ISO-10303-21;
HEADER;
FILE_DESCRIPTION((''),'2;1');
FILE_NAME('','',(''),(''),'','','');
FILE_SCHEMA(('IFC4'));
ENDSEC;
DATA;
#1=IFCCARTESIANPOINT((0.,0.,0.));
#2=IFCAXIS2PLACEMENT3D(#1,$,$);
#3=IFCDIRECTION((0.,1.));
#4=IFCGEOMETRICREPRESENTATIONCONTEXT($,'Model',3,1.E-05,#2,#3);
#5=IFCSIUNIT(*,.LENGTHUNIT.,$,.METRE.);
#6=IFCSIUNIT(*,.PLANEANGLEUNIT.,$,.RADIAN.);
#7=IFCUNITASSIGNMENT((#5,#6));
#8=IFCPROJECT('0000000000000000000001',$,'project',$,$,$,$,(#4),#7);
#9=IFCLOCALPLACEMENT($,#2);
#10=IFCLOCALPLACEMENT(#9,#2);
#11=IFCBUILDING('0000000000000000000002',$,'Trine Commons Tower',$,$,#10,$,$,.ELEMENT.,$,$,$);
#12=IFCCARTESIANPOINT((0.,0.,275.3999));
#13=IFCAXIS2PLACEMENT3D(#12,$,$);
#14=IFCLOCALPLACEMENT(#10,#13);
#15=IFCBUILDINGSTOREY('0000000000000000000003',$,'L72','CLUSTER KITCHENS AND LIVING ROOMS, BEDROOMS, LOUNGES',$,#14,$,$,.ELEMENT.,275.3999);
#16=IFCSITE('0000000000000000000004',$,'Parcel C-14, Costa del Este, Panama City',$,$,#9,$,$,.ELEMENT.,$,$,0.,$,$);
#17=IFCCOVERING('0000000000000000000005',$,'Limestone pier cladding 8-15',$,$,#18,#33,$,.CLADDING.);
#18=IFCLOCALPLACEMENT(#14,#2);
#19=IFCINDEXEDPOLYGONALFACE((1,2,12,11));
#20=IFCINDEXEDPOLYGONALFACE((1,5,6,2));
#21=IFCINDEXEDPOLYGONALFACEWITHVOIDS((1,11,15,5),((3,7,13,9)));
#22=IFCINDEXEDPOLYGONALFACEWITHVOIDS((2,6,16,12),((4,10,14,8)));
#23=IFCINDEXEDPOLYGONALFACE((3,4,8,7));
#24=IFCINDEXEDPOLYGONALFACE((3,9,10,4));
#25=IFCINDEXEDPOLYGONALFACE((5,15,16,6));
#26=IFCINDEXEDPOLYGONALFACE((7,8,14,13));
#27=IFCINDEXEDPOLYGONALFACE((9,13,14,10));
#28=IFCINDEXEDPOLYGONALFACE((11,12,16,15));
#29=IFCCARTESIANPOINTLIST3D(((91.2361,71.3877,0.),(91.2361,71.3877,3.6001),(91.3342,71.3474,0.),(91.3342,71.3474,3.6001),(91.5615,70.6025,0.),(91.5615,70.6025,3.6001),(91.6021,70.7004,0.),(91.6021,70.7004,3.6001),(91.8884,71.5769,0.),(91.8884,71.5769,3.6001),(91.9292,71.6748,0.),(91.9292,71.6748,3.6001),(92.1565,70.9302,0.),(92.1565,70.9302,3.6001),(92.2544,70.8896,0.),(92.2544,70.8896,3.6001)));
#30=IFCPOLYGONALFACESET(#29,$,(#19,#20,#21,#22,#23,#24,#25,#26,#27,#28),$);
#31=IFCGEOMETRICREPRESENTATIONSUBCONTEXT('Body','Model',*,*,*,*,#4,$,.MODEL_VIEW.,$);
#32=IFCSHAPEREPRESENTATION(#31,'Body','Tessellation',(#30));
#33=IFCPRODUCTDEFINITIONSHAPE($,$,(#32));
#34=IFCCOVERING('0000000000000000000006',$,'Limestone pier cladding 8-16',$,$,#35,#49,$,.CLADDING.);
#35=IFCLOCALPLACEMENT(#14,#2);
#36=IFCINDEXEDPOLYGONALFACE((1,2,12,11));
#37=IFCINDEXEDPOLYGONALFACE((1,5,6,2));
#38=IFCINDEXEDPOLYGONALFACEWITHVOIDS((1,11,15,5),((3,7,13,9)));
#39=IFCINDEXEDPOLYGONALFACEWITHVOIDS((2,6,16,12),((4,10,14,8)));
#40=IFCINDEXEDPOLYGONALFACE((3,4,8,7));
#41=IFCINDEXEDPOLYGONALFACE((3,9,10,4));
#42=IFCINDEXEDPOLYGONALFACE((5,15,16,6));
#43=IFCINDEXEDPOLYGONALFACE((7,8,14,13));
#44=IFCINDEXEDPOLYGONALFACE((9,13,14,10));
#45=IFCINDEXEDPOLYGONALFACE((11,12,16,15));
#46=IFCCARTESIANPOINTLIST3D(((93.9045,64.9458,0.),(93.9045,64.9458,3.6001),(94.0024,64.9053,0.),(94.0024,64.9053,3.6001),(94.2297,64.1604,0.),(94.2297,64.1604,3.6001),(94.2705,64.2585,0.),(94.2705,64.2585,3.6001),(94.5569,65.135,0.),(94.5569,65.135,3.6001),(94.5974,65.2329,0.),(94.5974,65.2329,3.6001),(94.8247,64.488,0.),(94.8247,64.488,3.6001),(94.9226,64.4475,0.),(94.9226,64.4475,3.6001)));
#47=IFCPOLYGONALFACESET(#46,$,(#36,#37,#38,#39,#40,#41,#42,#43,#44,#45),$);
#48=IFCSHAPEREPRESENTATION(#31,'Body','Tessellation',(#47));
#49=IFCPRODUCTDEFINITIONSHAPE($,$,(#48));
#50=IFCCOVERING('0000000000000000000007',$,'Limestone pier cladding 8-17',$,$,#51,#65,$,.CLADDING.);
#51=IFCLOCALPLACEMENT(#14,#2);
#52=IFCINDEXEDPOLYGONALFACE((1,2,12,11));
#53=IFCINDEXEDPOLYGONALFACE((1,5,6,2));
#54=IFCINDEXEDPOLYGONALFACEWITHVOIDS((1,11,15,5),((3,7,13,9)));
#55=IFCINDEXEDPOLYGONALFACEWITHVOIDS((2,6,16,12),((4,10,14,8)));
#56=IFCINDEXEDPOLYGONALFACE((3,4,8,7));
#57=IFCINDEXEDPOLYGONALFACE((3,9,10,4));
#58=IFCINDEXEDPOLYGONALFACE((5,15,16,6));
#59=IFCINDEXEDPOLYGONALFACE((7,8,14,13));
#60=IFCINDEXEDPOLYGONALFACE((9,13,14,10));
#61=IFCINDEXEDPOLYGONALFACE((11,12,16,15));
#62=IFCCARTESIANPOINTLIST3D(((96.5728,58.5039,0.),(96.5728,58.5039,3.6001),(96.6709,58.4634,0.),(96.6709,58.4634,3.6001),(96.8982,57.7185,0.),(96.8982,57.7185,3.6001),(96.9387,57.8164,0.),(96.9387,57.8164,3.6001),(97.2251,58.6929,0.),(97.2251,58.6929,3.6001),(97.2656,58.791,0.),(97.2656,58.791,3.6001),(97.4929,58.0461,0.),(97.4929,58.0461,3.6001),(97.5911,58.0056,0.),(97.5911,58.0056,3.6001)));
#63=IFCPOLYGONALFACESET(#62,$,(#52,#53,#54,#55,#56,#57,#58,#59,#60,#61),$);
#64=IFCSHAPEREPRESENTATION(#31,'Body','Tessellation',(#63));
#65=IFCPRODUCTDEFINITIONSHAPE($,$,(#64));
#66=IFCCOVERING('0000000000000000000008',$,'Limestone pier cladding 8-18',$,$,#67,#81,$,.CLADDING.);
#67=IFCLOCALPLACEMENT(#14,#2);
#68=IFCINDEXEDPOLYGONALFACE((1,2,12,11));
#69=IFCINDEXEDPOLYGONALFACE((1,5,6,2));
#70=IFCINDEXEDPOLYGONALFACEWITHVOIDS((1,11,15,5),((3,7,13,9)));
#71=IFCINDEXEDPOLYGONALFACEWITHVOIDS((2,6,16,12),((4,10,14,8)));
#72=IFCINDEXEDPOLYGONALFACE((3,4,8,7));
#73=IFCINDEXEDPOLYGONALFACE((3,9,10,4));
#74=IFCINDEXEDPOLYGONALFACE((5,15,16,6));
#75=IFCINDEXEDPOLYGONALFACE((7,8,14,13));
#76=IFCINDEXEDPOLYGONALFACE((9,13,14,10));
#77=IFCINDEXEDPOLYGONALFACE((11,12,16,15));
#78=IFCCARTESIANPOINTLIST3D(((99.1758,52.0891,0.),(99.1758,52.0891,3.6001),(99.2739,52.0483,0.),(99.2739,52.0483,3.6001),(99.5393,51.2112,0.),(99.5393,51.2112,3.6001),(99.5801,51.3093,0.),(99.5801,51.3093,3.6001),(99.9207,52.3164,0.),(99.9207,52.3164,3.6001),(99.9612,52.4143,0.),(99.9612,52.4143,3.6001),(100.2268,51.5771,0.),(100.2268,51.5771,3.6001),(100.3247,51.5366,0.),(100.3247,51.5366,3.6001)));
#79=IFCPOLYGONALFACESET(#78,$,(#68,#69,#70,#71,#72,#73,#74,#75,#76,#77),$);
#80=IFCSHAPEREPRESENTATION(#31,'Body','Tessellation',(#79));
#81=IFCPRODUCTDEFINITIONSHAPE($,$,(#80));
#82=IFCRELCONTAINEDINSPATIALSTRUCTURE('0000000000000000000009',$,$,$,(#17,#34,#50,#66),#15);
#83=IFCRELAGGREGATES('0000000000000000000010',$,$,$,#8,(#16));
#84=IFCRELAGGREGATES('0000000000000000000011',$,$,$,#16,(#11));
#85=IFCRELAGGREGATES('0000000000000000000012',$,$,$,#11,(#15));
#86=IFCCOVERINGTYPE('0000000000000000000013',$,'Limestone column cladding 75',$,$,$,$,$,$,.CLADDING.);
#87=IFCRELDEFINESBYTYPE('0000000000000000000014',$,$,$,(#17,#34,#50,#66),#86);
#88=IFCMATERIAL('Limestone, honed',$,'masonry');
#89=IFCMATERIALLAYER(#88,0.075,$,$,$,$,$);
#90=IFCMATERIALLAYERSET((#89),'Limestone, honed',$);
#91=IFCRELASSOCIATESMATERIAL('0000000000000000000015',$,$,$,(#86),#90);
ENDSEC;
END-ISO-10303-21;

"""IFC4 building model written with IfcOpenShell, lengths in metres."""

from ifc_helpers import new_model, si_unit, direction, frame, origin, place, context, subcontext, project, spatial, polyline, outline, extrude, material, layer, layer_set, type_object, element, save


model = new_model("IFC4")

# Units and contexts
model_context = context("Model", 3, precision=1e-05, world=origin(), true_north=direction((0.0, 1.0)))
body_context = subcontext(model_context, "Body", "Model", "MODEL_VIEW")
ifc_project = project(units=[si_unit("LENGTHUNIT", "METRE"), si_unit("PLANEANGLEUNIT", "RADIAN")], contexts=[model_context])

# Site, building, storey
site_placement = place(None, origin())
site = spatial("IfcSite", under=ifc_project, at=site_placement, Name="Parcel C-14, Costa del Este, Panama City", CompositionType="ELEMENT", RefElevation=0.0)
building_placement = place(site_placement, origin())
building = spatial("IfcBuilding", under=site, at=building_placement, Name="Trine Commons Tower", CompositionType="ELEMENT")
storey_placement = place(building_placement, frame((0.0, 0.0, 275.3999)))
storey = spatial("IfcBuildingStorey", under=building, at=storey_placement, Name="L72", Description="CLUSTER KITCHENS AND LIVING ROOMS, BEDROOMS, LOUNGES", CompositionType="ELEMENT", Elevation=275.3999)

# Coverings
ifc_material_1 = material(Name="Limestone, honed", Category="masonry")
ifc_layer_1 = layer(ifc_material_1, 0.075)
ifc_layer_set_1 = layer_set([ifc_layer_1], Name="Limestone, honed")
covering_type_1 = type_object("IfcCoveringType", Name="Limestone column cladding 75", PredefinedType="CLADDING", material=ifc_layer_set_1)
covering_1_placement = place(storey_placement, origin())
element("IfcCovering", 1, at=covering_1_placement, inside=storey, type_object=covering_type_1, Name="Limestone pier cladding 8-15", PredefinedType="CLADDING", context=body_context, shape_type="SweptSolid", body=[
    extrude(outline(polyline([(91.9292, 71.6748), (91.2361, 71.3877), (91.5615, 70.6025), (92.2544, 70.8896), (91.9292, 71.6748)]), holes=[polyline([(91.8884, 71.5769), (91.3342, 71.3474), (91.6021, 70.7004), (92.1565, 70.9302), (91.8884, 71.5769)])]), origin(), (0.0, 0.0, 1.0), 3.6001),
])
covering_2_placement = place(storey_placement, origin())
element("IfcCovering", 2, at=covering_2_placement, inside=storey, type_object=covering_type_1, Name="Limestone pier cladding 8-16", PredefinedType="CLADDING", context=body_context, shape_type="SweptSolid", body=[
    extrude(outline(polyline([(94.5974, 65.2329), (93.9045, 64.9458), (94.2297, 64.1604), (94.9226, 64.4475), (94.5974, 65.2329)]), holes=[polyline([(94.5569, 65.135), (94.0024, 64.9053), (94.2705, 64.2585), (94.8247, 64.488), (94.5569, 65.135)])]), origin(), (0.0, 0.0, 1.0), 3.6001),
])
covering_3_placement = place(storey_placement, origin())
element("IfcCovering", 3, at=covering_3_placement, inside=storey, type_object=covering_type_1, Name="Limestone pier cladding 8-17", PredefinedType="CLADDING", context=body_context, shape_type="SweptSolid", body=[
    extrude(outline(polyline([(97.2656, 58.791), (96.5728, 58.5039), (96.8982, 57.7185), (97.5911, 58.0056), (97.2656, 58.791)]), holes=[polyline([(97.2251, 58.6929), (96.6709, 58.4634), (96.9387, 57.8164), (97.4929, 58.0461), (97.2251, 58.6929)])]), origin(), (0.0, 0.0, 1.0), 3.6001),
])
covering_4_placement = place(storey_placement, origin())
element("IfcCovering", 4, at=covering_4_placement, inside=storey, type_object=covering_type_1, Name="Limestone pier cladding 8-18", PredefinedType="CLADDING", context=body_context, shape_type="SweptSolid", body=[
    extrude(outline(polyline([(99.9612, 52.4143), (99.1758, 52.0891), (99.5393, 51.2112), (100.3247, 51.5366), (99.9612, 52.4143)]), holes=[polyline([(99.9207, 52.3164), (99.2739, 52.0483), (99.5801, 51.3093), (100.2268, 51.5771), (99.9207, 52.3164)])]), origin(), (0.0, 0.0, 1.0), 3.6001),
])

save(model, "model.ifc")
